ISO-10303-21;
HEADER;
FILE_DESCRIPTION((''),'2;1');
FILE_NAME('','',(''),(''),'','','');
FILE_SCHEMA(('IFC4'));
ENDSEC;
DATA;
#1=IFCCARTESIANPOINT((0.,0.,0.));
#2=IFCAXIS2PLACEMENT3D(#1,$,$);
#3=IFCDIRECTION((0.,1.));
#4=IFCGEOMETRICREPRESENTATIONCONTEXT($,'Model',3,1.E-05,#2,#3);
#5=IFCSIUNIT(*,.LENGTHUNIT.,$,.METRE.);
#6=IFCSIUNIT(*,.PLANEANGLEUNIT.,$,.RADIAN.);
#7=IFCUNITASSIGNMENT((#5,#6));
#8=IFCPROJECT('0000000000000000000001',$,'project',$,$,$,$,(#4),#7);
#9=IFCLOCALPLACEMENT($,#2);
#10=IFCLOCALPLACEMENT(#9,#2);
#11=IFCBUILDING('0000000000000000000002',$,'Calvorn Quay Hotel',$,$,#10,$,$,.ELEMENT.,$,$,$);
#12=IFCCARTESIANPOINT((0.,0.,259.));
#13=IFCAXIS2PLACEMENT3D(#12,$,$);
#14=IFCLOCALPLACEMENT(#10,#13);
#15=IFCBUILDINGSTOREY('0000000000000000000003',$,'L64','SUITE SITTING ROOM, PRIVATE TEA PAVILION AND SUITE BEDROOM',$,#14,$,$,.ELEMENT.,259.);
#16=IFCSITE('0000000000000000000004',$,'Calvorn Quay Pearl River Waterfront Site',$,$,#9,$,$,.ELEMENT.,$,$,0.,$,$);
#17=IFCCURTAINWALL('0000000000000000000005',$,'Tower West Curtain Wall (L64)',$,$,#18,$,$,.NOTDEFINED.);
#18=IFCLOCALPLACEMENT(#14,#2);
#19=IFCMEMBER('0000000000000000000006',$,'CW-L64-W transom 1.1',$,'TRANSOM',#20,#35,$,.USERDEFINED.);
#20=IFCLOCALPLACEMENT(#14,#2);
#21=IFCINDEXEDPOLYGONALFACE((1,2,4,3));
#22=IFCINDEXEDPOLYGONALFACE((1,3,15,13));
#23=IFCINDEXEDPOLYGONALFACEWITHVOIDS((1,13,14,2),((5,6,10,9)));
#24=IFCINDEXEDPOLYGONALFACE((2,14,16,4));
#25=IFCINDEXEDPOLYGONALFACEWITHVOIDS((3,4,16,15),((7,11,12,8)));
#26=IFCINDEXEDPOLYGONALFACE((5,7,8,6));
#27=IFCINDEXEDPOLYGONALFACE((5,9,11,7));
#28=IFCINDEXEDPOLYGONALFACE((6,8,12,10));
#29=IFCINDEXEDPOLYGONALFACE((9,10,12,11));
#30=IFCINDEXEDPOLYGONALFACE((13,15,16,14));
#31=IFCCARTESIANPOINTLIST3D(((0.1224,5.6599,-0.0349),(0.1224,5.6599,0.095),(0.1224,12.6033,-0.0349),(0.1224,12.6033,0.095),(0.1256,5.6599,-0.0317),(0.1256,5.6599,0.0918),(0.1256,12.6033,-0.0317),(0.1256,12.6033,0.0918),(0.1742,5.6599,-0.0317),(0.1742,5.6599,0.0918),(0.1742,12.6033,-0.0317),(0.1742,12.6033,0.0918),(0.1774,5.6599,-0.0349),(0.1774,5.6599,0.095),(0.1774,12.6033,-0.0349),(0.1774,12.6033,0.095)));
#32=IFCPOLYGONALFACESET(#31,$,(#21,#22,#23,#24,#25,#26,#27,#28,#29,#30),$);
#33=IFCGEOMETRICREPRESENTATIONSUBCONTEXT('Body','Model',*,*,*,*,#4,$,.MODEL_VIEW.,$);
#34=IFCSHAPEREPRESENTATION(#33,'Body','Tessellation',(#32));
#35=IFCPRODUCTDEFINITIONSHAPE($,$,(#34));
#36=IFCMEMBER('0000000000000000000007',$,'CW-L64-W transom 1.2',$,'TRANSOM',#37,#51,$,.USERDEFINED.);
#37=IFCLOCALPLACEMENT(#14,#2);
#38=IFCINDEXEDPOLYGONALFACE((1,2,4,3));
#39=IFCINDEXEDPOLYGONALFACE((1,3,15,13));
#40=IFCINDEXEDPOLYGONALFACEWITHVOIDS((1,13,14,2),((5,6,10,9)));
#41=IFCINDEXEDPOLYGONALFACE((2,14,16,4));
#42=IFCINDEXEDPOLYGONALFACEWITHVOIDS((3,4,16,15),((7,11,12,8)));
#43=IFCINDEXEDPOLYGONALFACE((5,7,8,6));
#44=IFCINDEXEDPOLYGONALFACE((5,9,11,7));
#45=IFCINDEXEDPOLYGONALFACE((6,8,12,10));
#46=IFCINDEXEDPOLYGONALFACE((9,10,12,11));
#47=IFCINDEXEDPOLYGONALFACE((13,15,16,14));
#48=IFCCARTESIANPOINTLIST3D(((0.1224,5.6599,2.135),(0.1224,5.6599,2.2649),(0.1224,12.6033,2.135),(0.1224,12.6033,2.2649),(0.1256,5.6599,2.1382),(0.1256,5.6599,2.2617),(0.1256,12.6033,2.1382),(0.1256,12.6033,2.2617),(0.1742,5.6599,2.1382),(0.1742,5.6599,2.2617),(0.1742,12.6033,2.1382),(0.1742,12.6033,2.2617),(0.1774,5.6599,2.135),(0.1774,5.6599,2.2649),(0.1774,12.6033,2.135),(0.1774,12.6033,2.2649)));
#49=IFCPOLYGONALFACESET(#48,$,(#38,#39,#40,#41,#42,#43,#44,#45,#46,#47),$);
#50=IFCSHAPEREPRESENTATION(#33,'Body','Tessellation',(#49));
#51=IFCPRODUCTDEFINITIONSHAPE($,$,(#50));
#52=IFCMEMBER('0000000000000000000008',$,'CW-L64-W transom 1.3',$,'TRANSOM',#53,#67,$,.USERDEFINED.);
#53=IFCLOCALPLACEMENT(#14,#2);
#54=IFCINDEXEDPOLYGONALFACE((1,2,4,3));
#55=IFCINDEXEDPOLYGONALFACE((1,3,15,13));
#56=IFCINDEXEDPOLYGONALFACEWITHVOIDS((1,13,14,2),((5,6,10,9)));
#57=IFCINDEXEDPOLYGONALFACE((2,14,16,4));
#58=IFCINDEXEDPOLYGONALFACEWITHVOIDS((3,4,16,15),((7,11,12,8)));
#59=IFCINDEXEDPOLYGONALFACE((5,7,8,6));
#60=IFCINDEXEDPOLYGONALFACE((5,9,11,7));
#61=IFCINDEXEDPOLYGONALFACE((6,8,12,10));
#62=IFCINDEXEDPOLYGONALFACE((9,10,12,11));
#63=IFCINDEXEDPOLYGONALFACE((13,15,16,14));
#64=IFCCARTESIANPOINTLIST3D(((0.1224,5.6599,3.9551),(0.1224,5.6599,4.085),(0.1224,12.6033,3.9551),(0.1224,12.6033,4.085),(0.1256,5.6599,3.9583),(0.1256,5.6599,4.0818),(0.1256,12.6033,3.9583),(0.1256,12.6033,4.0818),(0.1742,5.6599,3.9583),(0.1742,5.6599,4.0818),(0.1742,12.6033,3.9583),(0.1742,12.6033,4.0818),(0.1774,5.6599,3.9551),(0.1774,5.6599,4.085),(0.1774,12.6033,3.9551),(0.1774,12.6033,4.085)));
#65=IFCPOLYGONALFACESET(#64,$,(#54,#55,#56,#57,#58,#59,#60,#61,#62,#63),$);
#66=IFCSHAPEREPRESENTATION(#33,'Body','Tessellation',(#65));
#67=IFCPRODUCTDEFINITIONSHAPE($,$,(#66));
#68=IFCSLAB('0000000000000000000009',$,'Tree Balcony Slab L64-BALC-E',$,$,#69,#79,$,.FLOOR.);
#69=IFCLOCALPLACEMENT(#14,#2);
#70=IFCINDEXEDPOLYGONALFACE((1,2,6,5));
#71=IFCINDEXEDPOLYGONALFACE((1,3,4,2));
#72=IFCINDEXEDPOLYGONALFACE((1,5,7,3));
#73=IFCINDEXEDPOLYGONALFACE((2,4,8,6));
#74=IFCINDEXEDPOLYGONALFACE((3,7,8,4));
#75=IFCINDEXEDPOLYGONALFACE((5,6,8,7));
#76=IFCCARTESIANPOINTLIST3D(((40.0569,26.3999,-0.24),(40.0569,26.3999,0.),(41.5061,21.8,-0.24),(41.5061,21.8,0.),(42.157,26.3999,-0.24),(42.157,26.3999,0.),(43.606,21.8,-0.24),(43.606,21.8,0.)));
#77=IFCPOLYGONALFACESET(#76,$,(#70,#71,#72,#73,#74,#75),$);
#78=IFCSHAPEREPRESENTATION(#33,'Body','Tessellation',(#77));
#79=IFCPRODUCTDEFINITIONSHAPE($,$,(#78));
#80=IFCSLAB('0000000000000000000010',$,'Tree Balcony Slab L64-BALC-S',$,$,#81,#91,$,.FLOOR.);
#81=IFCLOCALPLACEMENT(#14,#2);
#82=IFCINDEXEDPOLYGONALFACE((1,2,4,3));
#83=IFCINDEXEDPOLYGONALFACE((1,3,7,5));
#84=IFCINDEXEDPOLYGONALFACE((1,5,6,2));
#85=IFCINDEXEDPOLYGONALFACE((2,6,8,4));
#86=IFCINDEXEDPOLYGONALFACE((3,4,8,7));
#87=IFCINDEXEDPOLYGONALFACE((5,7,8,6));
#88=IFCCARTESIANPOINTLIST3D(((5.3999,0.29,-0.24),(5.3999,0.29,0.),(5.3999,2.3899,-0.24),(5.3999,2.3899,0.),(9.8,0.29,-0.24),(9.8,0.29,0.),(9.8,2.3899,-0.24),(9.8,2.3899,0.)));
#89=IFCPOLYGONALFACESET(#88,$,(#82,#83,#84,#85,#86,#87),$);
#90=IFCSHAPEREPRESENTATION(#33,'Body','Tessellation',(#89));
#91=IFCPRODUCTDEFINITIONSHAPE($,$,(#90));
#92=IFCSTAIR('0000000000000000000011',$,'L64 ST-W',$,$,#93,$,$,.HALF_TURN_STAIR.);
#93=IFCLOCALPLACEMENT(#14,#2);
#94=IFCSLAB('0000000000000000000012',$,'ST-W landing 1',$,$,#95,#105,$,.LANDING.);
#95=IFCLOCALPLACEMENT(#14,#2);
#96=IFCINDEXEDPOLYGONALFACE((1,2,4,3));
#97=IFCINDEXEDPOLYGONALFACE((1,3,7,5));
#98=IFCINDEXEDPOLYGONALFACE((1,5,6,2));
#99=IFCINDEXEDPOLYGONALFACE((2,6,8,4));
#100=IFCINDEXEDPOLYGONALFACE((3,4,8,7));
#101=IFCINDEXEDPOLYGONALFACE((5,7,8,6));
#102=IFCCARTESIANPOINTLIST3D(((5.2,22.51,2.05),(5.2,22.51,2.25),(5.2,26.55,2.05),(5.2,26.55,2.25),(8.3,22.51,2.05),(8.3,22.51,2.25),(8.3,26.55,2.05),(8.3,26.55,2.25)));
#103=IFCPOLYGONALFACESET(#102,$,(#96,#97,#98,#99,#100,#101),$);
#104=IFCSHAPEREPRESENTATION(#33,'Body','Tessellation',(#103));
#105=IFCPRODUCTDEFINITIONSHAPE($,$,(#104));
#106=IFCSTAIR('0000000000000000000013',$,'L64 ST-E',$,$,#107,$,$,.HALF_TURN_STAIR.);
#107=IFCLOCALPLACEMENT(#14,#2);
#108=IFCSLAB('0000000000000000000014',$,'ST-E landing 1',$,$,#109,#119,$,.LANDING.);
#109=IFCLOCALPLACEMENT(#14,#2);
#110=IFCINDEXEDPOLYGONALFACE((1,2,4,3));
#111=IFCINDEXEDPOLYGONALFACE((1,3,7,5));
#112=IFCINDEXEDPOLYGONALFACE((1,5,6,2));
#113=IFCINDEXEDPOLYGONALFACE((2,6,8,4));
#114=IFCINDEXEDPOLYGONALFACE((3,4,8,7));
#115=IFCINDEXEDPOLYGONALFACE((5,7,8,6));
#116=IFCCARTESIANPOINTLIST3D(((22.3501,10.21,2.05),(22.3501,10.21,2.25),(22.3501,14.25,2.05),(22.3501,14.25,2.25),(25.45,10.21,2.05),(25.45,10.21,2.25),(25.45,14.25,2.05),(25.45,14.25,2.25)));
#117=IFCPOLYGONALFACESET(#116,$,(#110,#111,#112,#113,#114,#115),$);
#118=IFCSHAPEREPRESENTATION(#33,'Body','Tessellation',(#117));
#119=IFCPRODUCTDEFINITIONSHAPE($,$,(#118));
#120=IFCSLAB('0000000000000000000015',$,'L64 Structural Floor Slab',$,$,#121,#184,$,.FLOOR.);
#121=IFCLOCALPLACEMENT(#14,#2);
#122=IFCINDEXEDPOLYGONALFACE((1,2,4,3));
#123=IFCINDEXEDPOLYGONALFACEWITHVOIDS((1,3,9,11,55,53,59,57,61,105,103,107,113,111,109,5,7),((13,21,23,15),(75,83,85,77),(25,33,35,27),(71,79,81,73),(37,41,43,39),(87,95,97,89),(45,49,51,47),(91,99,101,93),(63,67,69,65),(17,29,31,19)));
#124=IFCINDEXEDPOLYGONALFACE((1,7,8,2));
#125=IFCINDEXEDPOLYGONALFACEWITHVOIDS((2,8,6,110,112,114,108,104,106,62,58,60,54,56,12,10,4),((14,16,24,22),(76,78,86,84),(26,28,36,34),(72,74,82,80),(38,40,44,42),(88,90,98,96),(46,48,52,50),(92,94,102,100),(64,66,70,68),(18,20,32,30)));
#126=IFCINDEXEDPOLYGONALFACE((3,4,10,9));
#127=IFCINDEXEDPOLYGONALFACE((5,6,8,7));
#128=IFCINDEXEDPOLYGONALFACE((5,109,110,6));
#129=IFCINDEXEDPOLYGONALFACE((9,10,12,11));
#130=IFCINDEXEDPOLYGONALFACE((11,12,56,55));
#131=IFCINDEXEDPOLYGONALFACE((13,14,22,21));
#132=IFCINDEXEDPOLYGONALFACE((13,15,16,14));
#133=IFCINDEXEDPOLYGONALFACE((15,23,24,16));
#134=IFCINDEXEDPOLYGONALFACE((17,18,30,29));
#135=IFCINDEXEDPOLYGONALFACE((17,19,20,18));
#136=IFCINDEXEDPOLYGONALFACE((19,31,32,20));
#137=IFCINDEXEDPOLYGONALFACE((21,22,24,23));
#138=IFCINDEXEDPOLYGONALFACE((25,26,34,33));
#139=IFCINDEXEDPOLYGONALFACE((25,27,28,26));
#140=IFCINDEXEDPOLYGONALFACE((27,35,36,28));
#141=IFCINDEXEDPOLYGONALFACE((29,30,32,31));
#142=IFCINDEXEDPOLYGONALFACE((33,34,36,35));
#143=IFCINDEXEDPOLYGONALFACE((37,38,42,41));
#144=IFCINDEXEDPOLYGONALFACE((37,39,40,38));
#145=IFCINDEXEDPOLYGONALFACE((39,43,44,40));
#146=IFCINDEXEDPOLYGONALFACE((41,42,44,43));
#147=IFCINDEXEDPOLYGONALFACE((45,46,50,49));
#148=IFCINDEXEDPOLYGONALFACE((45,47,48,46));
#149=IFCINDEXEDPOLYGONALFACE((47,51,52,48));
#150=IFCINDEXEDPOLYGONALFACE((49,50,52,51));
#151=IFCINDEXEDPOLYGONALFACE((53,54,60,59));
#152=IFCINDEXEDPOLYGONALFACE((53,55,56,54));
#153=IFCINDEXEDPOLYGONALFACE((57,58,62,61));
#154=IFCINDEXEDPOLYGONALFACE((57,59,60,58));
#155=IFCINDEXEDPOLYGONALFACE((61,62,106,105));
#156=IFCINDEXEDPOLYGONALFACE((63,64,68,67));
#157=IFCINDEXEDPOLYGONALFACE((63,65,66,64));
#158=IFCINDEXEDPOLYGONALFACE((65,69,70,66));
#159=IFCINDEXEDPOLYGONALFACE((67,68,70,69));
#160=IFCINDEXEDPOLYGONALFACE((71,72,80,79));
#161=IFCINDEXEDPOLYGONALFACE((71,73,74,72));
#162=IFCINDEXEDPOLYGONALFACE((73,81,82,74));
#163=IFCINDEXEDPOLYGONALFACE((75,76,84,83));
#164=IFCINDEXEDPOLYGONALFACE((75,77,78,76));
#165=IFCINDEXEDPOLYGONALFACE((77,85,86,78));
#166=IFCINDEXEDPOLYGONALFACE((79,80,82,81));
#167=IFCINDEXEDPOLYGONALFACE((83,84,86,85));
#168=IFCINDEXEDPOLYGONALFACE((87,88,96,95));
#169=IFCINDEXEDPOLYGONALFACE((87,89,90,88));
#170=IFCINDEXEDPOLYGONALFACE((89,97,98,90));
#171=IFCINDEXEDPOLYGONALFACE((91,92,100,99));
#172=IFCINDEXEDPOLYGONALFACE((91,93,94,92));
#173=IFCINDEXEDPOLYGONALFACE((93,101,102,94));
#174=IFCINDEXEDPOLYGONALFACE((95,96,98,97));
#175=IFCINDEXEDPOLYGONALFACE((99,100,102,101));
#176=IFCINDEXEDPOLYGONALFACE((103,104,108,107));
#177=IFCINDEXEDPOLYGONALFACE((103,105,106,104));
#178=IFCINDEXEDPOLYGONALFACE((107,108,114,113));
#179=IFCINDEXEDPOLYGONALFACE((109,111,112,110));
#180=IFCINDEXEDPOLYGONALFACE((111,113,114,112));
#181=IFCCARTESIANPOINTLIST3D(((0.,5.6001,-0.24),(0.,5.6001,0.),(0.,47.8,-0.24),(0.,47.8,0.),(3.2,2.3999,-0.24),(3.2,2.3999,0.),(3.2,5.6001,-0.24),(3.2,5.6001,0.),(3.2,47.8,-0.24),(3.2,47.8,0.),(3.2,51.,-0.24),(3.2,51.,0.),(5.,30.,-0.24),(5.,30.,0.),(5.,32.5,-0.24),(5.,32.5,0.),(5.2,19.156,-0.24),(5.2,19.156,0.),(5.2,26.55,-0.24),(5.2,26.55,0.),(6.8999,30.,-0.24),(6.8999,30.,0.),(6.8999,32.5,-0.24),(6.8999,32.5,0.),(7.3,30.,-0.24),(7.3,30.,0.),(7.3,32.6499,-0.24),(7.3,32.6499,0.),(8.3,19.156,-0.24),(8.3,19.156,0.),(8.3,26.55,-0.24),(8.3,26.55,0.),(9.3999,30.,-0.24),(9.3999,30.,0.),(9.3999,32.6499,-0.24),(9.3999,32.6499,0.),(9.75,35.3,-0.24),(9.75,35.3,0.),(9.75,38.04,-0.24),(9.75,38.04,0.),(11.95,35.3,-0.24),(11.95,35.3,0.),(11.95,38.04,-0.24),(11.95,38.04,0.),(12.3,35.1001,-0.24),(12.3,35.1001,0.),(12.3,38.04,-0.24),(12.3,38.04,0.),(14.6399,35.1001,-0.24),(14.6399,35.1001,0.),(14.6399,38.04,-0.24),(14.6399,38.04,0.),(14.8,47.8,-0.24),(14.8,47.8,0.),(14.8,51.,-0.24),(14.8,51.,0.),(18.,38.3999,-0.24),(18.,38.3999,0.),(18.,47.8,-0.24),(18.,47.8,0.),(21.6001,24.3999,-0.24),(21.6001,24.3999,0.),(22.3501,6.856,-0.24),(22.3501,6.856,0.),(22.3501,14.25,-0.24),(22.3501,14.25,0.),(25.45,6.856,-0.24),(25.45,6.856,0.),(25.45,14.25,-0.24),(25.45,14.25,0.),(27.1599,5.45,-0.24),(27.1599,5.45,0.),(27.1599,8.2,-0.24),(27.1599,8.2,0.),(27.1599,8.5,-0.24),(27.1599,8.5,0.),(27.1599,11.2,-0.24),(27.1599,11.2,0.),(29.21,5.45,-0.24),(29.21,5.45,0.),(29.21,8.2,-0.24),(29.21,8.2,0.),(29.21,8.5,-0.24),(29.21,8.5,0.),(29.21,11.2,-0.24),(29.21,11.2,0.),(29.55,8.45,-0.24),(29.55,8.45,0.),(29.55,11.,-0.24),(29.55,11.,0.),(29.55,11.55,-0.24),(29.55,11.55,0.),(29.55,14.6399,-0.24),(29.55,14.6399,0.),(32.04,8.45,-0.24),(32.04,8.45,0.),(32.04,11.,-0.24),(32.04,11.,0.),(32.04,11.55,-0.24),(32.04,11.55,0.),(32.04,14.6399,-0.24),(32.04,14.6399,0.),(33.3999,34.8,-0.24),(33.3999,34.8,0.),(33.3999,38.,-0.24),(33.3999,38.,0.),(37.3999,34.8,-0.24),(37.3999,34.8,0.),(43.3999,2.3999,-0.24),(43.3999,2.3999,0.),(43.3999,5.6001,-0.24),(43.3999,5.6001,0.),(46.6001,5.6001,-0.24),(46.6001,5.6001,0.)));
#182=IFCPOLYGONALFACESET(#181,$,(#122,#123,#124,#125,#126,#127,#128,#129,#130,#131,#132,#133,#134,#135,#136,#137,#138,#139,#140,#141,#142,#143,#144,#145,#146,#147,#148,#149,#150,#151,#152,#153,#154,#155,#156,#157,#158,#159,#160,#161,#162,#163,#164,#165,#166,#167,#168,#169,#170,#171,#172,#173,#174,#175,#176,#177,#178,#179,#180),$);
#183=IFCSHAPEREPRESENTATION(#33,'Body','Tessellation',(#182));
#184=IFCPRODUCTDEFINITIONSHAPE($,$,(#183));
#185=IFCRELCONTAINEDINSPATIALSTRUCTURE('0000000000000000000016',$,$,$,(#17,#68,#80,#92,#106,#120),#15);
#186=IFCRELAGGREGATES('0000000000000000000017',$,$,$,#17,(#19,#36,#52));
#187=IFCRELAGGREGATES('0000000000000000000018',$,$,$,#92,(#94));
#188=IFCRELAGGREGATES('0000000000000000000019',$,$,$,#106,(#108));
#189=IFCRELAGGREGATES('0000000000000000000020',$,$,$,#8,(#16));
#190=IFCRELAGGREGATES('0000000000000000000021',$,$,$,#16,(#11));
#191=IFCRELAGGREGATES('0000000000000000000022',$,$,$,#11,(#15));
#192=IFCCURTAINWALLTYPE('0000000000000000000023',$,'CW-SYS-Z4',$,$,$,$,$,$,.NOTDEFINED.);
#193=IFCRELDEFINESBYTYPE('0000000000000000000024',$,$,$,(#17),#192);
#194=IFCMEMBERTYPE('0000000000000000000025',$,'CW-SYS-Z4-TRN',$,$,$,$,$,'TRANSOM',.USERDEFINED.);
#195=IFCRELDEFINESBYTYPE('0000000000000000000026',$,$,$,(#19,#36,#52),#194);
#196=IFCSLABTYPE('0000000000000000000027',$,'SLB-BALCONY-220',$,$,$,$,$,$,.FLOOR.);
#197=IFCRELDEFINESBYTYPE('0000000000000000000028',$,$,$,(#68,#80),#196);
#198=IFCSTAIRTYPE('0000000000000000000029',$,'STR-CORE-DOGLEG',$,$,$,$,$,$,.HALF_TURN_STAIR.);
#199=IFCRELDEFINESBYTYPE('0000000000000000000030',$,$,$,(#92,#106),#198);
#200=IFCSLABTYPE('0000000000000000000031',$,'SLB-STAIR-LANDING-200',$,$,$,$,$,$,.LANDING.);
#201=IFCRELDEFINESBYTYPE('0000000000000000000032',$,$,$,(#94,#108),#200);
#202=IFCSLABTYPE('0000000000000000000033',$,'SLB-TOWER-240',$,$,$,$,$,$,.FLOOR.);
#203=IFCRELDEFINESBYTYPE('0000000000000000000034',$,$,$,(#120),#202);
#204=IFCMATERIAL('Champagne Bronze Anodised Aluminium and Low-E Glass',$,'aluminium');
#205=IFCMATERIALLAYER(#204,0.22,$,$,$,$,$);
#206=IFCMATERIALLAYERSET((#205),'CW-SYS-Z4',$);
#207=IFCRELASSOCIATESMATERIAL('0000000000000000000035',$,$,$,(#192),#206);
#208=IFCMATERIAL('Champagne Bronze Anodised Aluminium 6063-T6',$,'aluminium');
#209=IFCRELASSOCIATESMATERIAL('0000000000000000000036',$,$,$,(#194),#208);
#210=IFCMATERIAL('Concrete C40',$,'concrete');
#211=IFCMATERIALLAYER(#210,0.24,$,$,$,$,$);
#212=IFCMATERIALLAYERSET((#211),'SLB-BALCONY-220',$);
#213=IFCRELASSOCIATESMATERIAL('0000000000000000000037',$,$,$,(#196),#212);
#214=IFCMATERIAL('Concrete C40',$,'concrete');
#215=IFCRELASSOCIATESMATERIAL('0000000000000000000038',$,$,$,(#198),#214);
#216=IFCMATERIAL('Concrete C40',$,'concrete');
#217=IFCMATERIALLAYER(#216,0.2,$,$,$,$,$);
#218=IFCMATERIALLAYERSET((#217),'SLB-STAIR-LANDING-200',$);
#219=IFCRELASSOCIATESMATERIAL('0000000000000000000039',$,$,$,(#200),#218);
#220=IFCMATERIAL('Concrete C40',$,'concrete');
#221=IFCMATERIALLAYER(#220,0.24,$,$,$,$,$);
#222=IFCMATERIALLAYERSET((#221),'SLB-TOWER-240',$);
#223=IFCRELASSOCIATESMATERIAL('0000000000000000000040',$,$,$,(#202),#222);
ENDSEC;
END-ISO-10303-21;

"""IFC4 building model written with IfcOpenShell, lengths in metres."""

from ifc_helpers import new_model, si_unit, direction, frame, origin, origin_2d, place, context, subcontext, project, spatial, polyline, hollow_rectangle, outline, extrude, material, layer, layer_set, material_profile, profile_set, type_object, element, aggregate, save


model = new_model("IFC4")

# Units and contexts
model_context = context("Model", 3, precision=1e-05, world=origin(), true_north=direction((0.0, 1.0)))
body_context = subcontext(model_context, "Body", "Model", "MODEL_VIEW")
ifc_project = project(units=[si_unit("LENGTHUNIT", "METRE"), si_unit("PLANEANGLEUNIT", "RADIAN")], contexts=[model_context])

# Site, building, storey
site_placement = place(None, origin())
site = spatial("IfcSite", under=ifc_project, at=site_placement, Name="Calvorn Quay Pearl River Waterfront Site", CompositionType="ELEMENT", RefElevation=0.0)
building_placement = place(site_placement, origin())
building = spatial("IfcBuilding", under=site, at=building_placement, Name="Calvorn Quay Hotel", CompositionType="ELEMENT")
storey_placement = place(building_placement, frame((0.0, 0.0, 259.0)))
storey = spatial("IfcBuildingStorey", under=building, at=storey_placement, Name="L64", Description="SUITE SITTING ROOM, PRIVATE TEA PAVILION AND SUITE BEDROOM", CompositionType="ELEMENT", Elevation=259.0)

# Curtain wall, members
ifc_material_1 = material(Name="Champagne Bronze Anodised Aluminium and Low-E Glass", Category="aluminium")
ifc_layer_1 = layer(ifc_material_1, 0.22)
ifc_layer_set_1 = layer_set([ifc_layer_1], Name="CW-SYS-Z4")
curtain_wall_type = type_object("IfcCurtainWallType", Name="CW-SYS-Z4", PredefinedType="NOTDEFINED", material=ifc_layer_set_1)
curtain_wall_placement = place(storey_placement, origin())
curtain_wall = element("IfcCurtainWall", 1, at=curtain_wall_placement, inside=storey, type_object=curtain_wall_type, Name="Tower West Curtain Wall (L64)", PredefinedType="NOTDEFINED")
ifc_material_2 = material(Name="Champagne Bronze Anodised Aluminium 6063-T6", Category="aluminium")
ifc_material_profile_1 = material_profile(ifc_material_2, hollow_rectangle(XDim=0.0549, YDim=0.1299, WallThickness=0.0032, at=origin_2d()), Name="ALU-T130x55x3.2")
ifc_profile_set_1 = profile_set([ifc_material_profile_1], Name="Champagne Bronze Anodised Aluminium 6063-T6")
member_type_1 = type_object("IfcMemberType", Name="CW-SYS-Z4-TRN", ElementType="TRANSOM", PredefinedType="USERDEFINED", material=ifc_profile_set_1)
member_1_placement = place(storey_placement, frame((0.1499, 5.6599, 0.03), z_axis=(0.0, 1.0, 0.0), x_axis=(-1.0, 0.0, 0.0)))
member_1 = element("IfcMember", 2, at=member_1_placement, type_object=member_type_1, Name="CW-L64-W transom 1.1", ObjectType="TRANSOM", PredefinedType="USERDEFINED", context=body_context, shape_type="SweptSolid", body=[
    extrude(hollow_rectangle(XDim=0.0549, YDim=0.1299, WallThickness=0.0032, at=origin_2d()), origin(), (0.0, 0.0, 1.0), 6.9434),
])
member_2_placement = place(storey_placement, frame((0.1499, 5.6599, 2.2), z_axis=(0.0, 1.0, 0.0), x_axis=(-1.0, 0.0, 0.0)))
member_2 = element("IfcMember", 3, at=member_2_placement, type_object=member_type_1, Name="CW-L64-W transom 1.2", ObjectType="TRANSOM", PredefinedType="USERDEFINED", context=body_context, shape_type="SweptSolid", body=[
    extrude(hollow_rectangle(XDim=0.0549, YDim=0.1299, WallThickness=0.0032, at=origin_2d()), origin(), (0.0, 0.0, 1.0), 6.9434),
])
member_3_placement = place(storey_placement, frame((0.1499, 5.6599, 4.02), z_axis=(0.0, 1.0, 0.0), x_axis=(-1.0, 0.0, 0.0)))
member_3 = element("IfcMember", 4, at=member_3_placement, type_object=member_type_1, Name="CW-L64-W transom 1.3", ObjectType="TRANSOM", PredefinedType="USERDEFINED", context=body_context, shape_type="SweptSolid", body=[
    extrude(hollow_rectangle(XDim=0.0549, YDim=0.1299, WallThickness=0.0032, at=origin_2d()), origin(), (0.0, 0.0, 1.0), 6.9434),
])
aggregate(curtain_wall, [member_1, member_2, member_3])

# Slabs
ifc_material_3 = material(Name="Concrete C40", Category="concrete")
ifc_layer_2 = layer(ifc_material_3, 0.24)
ifc_layer_set_2 = layer_set([ifc_layer_2], Name="SLB-BALCONY-220")
slab_type_1 = type_object("IfcSlabType", Name="SLB-BALCONY-220", PredefinedType="FLOOR", material=ifc_layer_set_2)
slab_1_placement = place(storey_placement, frame((0.0, 0.0, -0.24)))
element("IfcSlab", 5, at=slab_1_placement, inside=storey, type_object=slab_type_1, Name="Tree Balcony Slab L64-BALC-E", PredefinedType="FLOOR", context=body_context, shape_type="SweptSolid", body=[
    extrude(outline(polyline([(41.5061, 21.8), (43.606, 21.8), (42.157, 26.3999), (40.0569, 26.3999), (41.5061, 21.8)])), origin(), (0.0, 0.0, 1.0), 0.24),
])
slab_2_placement = place(storey_placement, frame((0.0, 0.0, -0.24)))
element("IfcSlab", 6, at=slab_2_placement, inside=storey, type_object=slab_type_1, Name="Tree Balcony Slab L64-BALC-S", PredefinedType="FLOOR", context=body_context, shape_type="SweptSolid", body=[
    extrude(outline(polyline([(5.3999, 0.29), (9.8, 0.29), (9.8, 2.3899), (5.3999, 2.3899), (5.3999, 0.29)])), origin(), (0.0, 0.0, 1.0), 0.24),
])

# Stairs, slabs
ifc_material_4 = material(Name="Concrete C40", Category="concrete")
stair_type = type_object("IfcStairType", Name="STR-CORE-DOGLEG", PredefinedType="HALF_TURN_STAIR", material=ifc_material_4)
stair_1_placement = place(storey_placement, origin())
stair_1 = element("IfcStair", 7, at=stair_1_placement, inside=storey, type_object=stair_type, Name="L64 ST-W", PredefinedType="HALF_TURN_STAIR")
ifc_material_5 = material(Name="Concrete C40", Category="concrete")
ifc_layer_3 = layer(ifc_material_5, 0.2)
ifc_layer_set_3 = layer_set([ifc_layer_3], Name="SLB-STAIR-LANDING-200")
slab_type_2 = type_object("IfcSlabType", Name="SLB-STAIR-LANDING-200", PredefinedType="LANDING", material=ifc_layer_set_3)
slab_3_placement = place(storey_placement, frame((0.0, 0.0, 2.05)))
slab_3 = element("IfcSlab", 8, at=slab_3_placement, type_object=slab_type_2, Name="ST-W landing 1", PredefinedType="LANDING", context=body_context, shape_type="SweptSolid", body=[
    extrude(outline(polyline([(8.3, 22.51), (8.3, 26.55), (5.2, 26.55), (5.2, 22.51), (8.3, 22.51)])), origin(), (0.0, 0.0, 1.0), 0.2),
])
aggregate(stair_1, [slab_3])
stair_2_placement = place(storey_placement, origin())
stair_2 = element("IfcStair", 9, at=stair_2_placement, inside=storey, type_object=stair_type, Name="L64 ST-E", PredefinedType="HALF_TURN_STAIR")
slab_4_placement = place(storey_placement, frame((0.0, 0.0, 2.05)))
slab_4 = element("IfcSlab", 10, at=slab_4_placement, type_object=slab_type_2, Name="ST-E landing 1", PredefinedType="LANDING", context=body_context, shape_type="SweptSolid", body=[
    extrude(outline(polyline([(25.45, 10.21), (25.45, 14.25), (22.3501, 14.25), (22.3501, 10.21), (25.45, 10.21)])), origin(), (0.0, 0.0, 1.0), 0.2),
])
aggregate(stair_2, [slab_4])

# Slab
ifc_material_6 = material(Name="Concrete C40", Category="concrete")
ifc_layer_4 = layer(ifc_material_6, 0.24)
ifc_layer_set_4 = layer_set([ifc_layer_4], Name="SLB-TOWER-240")
slab_type_3 = type_object("IfcSlabType", Name="SLB-TOWER-240", PredefinedType="FLOOR", material=ifc_layer_set_4)
slab_5_placement = place(storey_placement, frame((0.0, 0.0, -0.24)))
element("IfcSlab", 11, at=slab_5_placement, inside=storey, type_object=slab_type_3, Name="L64 Structural Floor Slab", PredefinedType="FLOOR", context=body_context, shape_type="SweptSolid", body=[
    extrude(outline(polyline([(0.0, 5.6001), (3.2, 5.6001), (3.2, 2.3999), (43.3999, 2.3999), (43.3999, 5.6001), (46.6001, 5.6001), (37.3999, 34.8), (33.3999, 34.8), (33.3999, 38.0), (21.6001, 24.3999), (18.0, 38.3999), (18.0, 47.8), (14.8, 47.8), (14.8, 51.0), (3.2, 51.0), (3.2, 47.8), (0.0, 47.8), (0.0, 5.6001)]), holes=[polyline([(5.2, 19.156), (8.3, 19.156), (8.3, 26.55), (5.2, 26.55), (5.2, 19.156)]), polyline([(22.3501, 6.856), (25.45, 6.856), (25.45, 14.25), (22.3501, 14.25), (22.3501, 6.856)]), polyline([(5.0, 30.0), (6.8999, 30.0), (6.8999, 32.5), (5.0, 32.5), (5.0, 30.0)]), polyline([(7.3, 30.0), (9.3999, 30.0), (9.3999, 32.6499), (7.3, 32.6499), (7.3, 30.0)]), polyline([(27.1599, 8.5), (29.21, 8.5), (29.21, 11.2), (27.1599, 11.2), (27.1599, 8.5)]), polyline([(27.1599, 5.45), (29.21, 5.45), (29.21, 8.2), (27.1599, 8.2), (27.1599, 5.45)]), polyline([(12.3, 35.1001), (14.6399, 35.1001), (14.6399, 38.04), (12.3, 38.04), (12.3, 35.1001)]), polyline([(9.75, 35.3), (11.95, 35.3), (11.95, 38.04), (9.75, 38.04), (9.75, 35.3)]), polyline([(29.55, 11.55), (32.04, 11.55), (32.04, 14.6399), (29.55, 14.6399), (29.55, 11.55)]), polyline([(29.55, 8.45), (32.04, 8.45), (32.04, 11.0), (29.55, 11.0), (29.55, 8.45)])]), origin(), (0.0, 0.0, 1.0), 0.24),
])

save(model, "model.ifc")
